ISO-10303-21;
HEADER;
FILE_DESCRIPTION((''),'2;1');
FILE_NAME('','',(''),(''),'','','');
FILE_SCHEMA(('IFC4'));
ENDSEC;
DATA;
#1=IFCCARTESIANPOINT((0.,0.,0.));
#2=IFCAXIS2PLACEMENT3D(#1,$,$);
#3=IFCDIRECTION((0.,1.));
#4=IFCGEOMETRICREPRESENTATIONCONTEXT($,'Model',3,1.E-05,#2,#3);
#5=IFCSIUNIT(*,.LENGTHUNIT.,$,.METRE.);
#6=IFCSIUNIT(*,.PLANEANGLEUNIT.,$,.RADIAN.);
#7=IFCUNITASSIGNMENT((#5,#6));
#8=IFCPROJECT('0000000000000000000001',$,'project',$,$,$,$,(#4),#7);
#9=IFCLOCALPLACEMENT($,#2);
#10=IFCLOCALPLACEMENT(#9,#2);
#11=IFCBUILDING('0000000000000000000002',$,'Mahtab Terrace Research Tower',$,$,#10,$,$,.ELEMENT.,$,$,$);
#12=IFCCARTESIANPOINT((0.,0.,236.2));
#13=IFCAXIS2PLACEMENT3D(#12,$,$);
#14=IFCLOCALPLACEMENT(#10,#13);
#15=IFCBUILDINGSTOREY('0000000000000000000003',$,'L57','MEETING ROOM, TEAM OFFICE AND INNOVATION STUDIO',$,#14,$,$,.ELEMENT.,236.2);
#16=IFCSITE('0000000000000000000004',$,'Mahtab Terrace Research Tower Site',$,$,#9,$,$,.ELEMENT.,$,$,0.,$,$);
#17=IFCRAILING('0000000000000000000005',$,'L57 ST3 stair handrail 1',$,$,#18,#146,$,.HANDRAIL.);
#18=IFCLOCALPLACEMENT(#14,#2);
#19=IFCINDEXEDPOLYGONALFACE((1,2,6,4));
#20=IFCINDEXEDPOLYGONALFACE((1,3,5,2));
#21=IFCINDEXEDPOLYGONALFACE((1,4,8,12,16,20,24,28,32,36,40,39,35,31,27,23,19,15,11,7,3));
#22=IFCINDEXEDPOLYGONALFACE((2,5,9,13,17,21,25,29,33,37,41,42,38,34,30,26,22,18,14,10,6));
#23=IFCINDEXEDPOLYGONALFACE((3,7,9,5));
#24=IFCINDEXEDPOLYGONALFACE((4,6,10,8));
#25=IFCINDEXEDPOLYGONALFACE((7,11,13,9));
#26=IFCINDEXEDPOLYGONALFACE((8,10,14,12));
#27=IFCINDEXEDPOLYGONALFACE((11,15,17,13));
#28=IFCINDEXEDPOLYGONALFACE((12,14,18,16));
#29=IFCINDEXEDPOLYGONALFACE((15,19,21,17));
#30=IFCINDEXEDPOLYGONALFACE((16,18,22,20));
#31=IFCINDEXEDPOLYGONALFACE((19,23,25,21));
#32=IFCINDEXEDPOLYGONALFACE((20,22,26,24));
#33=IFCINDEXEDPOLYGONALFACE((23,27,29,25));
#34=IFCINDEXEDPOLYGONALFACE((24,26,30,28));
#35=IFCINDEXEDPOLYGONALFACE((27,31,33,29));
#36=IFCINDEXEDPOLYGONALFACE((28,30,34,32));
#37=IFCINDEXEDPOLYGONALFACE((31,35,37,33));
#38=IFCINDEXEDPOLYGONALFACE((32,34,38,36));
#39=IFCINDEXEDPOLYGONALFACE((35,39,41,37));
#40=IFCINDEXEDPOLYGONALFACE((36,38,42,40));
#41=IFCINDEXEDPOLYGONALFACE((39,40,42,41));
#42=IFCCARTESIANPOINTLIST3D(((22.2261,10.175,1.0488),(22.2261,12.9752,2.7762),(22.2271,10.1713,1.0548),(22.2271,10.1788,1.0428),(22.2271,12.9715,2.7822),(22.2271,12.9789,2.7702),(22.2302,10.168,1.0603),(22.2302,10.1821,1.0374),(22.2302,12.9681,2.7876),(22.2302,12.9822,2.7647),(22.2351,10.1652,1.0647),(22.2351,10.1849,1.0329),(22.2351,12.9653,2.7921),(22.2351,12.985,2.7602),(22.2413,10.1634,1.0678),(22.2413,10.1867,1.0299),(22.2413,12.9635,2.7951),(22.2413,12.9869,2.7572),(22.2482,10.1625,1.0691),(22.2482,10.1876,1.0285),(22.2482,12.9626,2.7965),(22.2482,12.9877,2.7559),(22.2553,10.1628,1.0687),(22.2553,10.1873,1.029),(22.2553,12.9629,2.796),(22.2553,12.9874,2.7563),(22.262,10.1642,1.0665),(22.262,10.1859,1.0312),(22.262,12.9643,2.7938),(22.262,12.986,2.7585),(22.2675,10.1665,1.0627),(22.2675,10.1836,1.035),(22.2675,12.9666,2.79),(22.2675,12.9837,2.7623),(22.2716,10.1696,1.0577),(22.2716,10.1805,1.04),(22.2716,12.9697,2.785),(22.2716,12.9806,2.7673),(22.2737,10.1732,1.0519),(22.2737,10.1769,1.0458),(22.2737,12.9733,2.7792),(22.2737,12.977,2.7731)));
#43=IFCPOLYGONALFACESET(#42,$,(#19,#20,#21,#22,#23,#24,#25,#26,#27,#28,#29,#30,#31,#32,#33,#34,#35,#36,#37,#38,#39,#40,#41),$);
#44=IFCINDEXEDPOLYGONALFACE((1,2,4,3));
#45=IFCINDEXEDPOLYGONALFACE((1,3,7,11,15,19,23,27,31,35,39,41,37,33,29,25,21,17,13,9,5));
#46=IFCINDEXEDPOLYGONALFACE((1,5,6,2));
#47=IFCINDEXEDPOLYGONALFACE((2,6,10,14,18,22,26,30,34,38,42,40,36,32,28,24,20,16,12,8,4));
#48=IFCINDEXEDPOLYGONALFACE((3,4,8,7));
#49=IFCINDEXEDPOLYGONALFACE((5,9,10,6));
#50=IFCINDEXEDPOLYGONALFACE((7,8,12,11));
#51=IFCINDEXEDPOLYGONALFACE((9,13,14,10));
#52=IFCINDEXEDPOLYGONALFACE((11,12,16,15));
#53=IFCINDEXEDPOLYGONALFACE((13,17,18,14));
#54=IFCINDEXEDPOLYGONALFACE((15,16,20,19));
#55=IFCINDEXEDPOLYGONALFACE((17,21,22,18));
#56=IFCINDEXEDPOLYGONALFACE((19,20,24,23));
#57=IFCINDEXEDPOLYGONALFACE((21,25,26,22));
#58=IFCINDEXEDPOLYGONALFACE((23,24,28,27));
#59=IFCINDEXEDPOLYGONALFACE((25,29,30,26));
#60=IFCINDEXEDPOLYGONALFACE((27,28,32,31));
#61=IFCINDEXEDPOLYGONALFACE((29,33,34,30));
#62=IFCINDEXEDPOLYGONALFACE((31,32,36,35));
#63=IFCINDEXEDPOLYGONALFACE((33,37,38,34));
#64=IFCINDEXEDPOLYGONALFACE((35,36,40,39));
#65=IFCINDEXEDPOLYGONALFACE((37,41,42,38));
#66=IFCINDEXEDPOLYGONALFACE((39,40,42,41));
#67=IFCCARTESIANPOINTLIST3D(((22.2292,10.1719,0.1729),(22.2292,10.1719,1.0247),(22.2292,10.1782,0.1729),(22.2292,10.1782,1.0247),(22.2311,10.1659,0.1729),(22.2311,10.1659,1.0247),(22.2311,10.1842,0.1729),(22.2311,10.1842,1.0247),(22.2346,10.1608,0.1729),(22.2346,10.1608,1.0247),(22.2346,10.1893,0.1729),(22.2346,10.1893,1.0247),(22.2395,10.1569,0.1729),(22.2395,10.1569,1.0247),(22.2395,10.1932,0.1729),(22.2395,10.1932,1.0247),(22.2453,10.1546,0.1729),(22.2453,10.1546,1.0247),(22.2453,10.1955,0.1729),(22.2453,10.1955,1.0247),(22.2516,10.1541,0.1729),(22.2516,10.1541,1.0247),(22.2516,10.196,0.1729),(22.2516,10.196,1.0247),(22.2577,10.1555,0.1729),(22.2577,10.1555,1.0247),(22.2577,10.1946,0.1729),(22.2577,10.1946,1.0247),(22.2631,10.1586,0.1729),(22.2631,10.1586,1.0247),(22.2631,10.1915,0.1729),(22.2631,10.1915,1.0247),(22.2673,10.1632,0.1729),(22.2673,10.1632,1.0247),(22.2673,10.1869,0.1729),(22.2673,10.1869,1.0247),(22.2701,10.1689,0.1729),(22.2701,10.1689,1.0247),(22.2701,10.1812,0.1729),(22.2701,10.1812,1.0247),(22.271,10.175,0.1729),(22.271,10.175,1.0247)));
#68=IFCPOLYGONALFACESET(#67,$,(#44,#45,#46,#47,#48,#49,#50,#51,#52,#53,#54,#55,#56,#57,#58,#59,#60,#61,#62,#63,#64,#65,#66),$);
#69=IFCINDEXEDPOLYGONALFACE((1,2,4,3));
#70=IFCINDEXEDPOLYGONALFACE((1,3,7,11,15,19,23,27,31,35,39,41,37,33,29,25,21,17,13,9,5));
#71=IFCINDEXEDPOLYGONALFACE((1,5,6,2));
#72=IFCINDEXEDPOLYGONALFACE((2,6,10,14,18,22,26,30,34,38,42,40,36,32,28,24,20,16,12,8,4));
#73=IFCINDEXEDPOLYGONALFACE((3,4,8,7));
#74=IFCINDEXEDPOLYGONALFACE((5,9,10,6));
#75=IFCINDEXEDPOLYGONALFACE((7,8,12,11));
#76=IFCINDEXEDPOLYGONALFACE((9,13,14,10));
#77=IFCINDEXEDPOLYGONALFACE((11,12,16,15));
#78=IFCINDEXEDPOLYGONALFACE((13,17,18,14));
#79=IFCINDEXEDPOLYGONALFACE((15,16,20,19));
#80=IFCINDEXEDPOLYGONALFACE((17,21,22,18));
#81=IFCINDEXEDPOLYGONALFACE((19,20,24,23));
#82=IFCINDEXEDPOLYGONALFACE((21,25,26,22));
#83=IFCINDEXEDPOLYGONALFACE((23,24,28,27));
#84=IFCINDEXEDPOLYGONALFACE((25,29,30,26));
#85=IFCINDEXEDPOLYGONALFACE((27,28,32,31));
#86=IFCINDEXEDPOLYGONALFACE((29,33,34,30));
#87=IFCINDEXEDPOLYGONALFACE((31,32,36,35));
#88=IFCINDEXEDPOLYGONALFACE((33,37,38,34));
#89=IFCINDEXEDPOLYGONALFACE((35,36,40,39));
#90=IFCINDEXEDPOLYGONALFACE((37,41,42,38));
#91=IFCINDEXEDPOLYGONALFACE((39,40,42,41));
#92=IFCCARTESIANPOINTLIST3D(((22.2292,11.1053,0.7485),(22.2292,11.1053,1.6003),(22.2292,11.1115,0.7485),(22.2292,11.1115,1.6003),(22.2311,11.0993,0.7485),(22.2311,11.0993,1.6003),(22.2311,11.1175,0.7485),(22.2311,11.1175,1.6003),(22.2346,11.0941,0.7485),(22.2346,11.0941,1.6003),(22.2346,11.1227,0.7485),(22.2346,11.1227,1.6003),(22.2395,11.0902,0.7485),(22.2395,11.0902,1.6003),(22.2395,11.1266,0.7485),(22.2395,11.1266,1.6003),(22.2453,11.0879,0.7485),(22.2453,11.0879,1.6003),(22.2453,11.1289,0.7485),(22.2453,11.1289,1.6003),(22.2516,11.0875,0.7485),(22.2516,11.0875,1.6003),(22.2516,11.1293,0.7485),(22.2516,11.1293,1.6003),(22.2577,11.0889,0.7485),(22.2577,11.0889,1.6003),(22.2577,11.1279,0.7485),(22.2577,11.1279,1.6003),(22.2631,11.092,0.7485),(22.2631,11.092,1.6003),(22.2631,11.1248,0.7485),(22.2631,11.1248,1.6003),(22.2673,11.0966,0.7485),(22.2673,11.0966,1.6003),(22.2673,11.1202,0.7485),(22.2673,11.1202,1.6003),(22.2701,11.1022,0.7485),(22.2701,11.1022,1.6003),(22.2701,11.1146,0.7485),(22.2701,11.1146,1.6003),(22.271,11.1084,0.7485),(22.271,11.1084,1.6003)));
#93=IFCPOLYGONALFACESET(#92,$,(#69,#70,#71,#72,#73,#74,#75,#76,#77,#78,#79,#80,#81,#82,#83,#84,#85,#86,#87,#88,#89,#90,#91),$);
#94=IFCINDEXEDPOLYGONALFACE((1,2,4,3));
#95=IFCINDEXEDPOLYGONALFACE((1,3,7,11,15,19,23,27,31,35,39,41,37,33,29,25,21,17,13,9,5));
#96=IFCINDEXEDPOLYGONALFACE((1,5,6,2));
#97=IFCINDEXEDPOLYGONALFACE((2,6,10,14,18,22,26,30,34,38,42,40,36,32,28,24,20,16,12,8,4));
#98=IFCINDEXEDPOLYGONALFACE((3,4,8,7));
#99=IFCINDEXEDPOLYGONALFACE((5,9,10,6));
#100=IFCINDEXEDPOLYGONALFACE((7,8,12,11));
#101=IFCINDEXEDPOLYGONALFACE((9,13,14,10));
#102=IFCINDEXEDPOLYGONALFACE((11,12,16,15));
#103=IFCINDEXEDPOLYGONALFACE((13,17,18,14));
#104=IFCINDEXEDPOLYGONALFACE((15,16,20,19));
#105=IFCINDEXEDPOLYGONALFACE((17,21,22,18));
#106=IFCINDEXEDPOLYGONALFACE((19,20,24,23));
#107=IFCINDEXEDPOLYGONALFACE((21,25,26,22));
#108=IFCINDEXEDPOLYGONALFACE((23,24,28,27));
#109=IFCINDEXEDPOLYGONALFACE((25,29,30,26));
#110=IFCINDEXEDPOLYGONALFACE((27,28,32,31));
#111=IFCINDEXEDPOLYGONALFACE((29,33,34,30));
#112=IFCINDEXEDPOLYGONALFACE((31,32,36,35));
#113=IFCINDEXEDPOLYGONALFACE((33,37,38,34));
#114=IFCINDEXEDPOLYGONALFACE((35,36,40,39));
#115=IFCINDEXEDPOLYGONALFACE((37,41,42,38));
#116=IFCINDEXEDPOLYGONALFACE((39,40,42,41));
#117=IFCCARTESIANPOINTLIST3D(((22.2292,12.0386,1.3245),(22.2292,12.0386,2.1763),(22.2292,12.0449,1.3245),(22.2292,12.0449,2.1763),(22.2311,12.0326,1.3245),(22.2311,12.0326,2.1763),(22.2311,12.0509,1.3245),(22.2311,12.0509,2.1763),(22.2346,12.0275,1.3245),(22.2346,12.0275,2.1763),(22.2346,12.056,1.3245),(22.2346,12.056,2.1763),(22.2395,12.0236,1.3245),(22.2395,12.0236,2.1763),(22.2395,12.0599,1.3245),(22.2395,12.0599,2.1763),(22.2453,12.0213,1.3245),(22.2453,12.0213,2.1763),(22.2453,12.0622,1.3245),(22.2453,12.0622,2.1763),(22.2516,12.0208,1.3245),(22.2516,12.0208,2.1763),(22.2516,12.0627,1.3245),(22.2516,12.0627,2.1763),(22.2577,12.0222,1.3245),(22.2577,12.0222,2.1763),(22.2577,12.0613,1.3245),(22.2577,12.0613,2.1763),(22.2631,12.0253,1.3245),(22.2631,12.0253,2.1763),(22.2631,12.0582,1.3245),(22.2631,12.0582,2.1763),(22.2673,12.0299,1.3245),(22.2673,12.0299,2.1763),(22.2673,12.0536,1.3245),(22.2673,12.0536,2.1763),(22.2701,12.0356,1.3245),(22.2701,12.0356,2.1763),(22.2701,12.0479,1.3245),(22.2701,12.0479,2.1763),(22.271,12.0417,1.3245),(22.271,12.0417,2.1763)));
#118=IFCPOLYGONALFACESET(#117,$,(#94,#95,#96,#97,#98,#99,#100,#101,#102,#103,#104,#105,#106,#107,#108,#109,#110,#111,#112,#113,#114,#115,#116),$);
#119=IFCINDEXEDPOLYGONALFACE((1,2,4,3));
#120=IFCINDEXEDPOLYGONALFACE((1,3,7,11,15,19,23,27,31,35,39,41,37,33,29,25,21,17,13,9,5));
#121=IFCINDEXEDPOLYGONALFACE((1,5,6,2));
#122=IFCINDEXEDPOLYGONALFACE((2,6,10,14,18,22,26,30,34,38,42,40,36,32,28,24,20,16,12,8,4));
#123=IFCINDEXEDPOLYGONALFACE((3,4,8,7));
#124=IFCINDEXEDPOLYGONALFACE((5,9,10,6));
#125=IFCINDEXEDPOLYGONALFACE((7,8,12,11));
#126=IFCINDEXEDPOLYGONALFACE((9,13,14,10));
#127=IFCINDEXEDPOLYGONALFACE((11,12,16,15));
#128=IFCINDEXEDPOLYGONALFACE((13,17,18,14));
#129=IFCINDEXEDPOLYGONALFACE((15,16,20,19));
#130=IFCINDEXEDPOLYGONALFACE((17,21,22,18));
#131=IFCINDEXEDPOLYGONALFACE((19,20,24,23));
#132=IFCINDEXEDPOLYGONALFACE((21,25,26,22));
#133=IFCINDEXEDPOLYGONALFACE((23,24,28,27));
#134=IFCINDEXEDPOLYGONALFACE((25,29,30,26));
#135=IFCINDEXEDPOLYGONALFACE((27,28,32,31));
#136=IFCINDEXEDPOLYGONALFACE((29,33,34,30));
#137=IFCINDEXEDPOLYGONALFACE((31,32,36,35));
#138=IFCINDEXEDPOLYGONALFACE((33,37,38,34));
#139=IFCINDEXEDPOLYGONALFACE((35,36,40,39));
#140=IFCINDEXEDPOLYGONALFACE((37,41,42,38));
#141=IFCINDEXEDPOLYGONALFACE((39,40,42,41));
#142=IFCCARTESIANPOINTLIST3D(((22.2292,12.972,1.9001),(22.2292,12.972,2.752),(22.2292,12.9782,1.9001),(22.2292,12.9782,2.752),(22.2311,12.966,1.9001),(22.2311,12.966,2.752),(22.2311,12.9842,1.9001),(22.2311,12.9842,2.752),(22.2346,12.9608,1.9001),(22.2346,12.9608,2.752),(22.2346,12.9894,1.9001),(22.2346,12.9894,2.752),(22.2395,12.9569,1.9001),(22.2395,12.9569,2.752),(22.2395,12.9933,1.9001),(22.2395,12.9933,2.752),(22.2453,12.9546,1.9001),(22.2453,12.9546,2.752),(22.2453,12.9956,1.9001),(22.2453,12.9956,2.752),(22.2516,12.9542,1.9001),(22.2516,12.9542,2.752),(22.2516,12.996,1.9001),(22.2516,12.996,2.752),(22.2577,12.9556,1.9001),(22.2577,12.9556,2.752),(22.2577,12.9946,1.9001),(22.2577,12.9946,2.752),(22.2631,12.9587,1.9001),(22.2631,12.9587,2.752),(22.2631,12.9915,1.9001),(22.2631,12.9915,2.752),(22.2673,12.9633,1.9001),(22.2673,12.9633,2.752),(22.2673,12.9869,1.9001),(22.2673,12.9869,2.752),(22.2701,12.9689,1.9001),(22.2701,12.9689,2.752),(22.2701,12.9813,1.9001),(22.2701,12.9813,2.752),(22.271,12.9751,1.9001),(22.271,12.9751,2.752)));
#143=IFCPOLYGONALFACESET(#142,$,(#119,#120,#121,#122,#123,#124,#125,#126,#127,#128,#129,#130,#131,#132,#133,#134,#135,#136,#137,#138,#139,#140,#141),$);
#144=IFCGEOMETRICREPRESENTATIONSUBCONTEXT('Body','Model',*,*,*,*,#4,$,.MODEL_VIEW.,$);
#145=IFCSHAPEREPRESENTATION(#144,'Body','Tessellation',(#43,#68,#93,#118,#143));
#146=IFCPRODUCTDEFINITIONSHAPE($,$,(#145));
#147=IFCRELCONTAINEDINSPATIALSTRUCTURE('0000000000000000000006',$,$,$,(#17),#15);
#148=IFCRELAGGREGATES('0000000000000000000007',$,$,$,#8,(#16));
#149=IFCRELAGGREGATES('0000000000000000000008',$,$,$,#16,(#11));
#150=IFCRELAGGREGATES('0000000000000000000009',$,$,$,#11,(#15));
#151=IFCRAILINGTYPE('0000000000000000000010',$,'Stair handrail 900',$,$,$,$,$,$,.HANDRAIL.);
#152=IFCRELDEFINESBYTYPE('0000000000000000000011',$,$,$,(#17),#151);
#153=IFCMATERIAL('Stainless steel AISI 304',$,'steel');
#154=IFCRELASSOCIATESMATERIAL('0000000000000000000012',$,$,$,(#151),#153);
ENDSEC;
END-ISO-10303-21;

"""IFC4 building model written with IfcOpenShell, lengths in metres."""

from ifc_helpers import new_model, si_unit, direction, frame, origin, origin_2d, place, context, subcontext, project, spatial, circle, extrude, material, type_object, element, save


model = new_model("IFC4")

# Units and contexts
model_context = context("Model", 3, precision=1e-05, world=origin(), true_north=direction((0.0, 1.0)))
body_context = subcontext(model_context, "Body", "Model", "MODEL_VIEW")
ifc_project = project(units=[si_unit("LENGTHUNIT", "METRE"), si_unit("PLANEANGLEUNIT", "RADIAN")], contexts=[model_context])

# Site, building, storey
site_placement = place(None, origin())
site = spatial("IfcSite", under=ifc_project, at=site_placement, Name="Mahtab Terrace Research Tower Site", CompositionType="ELEMENT", RefElevation=0.0)
building_placement = place(site_placement, origin())
building = spatial("IfcBuilding", under=site, at=building_placement, Name="Mahtab Terrace Research Tower", CompositionType="ELEMENT")
storey_placement = place(building_placement, frame((0.0, 0.0, 236.2)))
storey = spatial("IfcBuildingStorey", under=building, at=storey_placement, Name="L57", Description="MEETING ROOM, TEAM OFFICE AND INNOVATION STUDIO", CompositionType="ELEMENT", Elevation=236.2)

# Shared definitions
ifc_material_1 = material(Name="Stainless steel AISI 304", Category="steel")

# Railing
railing_type_1 = type_object("IfcRailingType", Name="Stair handrail 900", PredefinedType="HANDRAIL", material=ifc_material_1)
railing_1_placement = place(storey_placement, frame((22.25, 10.175, 0.1729)))
element("IfcRailing", 1, at=railing_1_placement, inside=storey, type_object=railing_type_1, Name="L57 ST3 stair handrail 1", PredefinedType="HANDRAIL", context=body_context, shape_type="SweptSolid", body=[
    extrude(circle(Radius=0.0239, at=origin_2d()), frame((0.0, 0.0, 0.876), z_axis=(0.0, 0.85109, 0.52502), x_axis=(-1.0, 0.0, 0.0)), (0.0, 0.0, 1.0), 3.29),
    extrude(circle(Radius=0.021, at=origin_2d()), origin(), (0.0, 0.0, 1.0), 0.8518),
    extrude(circle(Radius=0.021, at=origin_2d()), frame((0.0, 0.9333, 0.5757)), (0.0, 0.0, 1.0), 0.8518),
    extrude(circle(Radius=0.021, at=origin_2d()), frame((0.0, 1.8667, 1.1516)), (0.0, 0.0, 1.0), 0.8518),
    extrude(circle(Radius=0.021, at=origin_2d()), frame((0.0, 2.8, 1.7273)), (0.0, 0.0, 1.0), 0.8518),
])

save(model, "model.ifc")
